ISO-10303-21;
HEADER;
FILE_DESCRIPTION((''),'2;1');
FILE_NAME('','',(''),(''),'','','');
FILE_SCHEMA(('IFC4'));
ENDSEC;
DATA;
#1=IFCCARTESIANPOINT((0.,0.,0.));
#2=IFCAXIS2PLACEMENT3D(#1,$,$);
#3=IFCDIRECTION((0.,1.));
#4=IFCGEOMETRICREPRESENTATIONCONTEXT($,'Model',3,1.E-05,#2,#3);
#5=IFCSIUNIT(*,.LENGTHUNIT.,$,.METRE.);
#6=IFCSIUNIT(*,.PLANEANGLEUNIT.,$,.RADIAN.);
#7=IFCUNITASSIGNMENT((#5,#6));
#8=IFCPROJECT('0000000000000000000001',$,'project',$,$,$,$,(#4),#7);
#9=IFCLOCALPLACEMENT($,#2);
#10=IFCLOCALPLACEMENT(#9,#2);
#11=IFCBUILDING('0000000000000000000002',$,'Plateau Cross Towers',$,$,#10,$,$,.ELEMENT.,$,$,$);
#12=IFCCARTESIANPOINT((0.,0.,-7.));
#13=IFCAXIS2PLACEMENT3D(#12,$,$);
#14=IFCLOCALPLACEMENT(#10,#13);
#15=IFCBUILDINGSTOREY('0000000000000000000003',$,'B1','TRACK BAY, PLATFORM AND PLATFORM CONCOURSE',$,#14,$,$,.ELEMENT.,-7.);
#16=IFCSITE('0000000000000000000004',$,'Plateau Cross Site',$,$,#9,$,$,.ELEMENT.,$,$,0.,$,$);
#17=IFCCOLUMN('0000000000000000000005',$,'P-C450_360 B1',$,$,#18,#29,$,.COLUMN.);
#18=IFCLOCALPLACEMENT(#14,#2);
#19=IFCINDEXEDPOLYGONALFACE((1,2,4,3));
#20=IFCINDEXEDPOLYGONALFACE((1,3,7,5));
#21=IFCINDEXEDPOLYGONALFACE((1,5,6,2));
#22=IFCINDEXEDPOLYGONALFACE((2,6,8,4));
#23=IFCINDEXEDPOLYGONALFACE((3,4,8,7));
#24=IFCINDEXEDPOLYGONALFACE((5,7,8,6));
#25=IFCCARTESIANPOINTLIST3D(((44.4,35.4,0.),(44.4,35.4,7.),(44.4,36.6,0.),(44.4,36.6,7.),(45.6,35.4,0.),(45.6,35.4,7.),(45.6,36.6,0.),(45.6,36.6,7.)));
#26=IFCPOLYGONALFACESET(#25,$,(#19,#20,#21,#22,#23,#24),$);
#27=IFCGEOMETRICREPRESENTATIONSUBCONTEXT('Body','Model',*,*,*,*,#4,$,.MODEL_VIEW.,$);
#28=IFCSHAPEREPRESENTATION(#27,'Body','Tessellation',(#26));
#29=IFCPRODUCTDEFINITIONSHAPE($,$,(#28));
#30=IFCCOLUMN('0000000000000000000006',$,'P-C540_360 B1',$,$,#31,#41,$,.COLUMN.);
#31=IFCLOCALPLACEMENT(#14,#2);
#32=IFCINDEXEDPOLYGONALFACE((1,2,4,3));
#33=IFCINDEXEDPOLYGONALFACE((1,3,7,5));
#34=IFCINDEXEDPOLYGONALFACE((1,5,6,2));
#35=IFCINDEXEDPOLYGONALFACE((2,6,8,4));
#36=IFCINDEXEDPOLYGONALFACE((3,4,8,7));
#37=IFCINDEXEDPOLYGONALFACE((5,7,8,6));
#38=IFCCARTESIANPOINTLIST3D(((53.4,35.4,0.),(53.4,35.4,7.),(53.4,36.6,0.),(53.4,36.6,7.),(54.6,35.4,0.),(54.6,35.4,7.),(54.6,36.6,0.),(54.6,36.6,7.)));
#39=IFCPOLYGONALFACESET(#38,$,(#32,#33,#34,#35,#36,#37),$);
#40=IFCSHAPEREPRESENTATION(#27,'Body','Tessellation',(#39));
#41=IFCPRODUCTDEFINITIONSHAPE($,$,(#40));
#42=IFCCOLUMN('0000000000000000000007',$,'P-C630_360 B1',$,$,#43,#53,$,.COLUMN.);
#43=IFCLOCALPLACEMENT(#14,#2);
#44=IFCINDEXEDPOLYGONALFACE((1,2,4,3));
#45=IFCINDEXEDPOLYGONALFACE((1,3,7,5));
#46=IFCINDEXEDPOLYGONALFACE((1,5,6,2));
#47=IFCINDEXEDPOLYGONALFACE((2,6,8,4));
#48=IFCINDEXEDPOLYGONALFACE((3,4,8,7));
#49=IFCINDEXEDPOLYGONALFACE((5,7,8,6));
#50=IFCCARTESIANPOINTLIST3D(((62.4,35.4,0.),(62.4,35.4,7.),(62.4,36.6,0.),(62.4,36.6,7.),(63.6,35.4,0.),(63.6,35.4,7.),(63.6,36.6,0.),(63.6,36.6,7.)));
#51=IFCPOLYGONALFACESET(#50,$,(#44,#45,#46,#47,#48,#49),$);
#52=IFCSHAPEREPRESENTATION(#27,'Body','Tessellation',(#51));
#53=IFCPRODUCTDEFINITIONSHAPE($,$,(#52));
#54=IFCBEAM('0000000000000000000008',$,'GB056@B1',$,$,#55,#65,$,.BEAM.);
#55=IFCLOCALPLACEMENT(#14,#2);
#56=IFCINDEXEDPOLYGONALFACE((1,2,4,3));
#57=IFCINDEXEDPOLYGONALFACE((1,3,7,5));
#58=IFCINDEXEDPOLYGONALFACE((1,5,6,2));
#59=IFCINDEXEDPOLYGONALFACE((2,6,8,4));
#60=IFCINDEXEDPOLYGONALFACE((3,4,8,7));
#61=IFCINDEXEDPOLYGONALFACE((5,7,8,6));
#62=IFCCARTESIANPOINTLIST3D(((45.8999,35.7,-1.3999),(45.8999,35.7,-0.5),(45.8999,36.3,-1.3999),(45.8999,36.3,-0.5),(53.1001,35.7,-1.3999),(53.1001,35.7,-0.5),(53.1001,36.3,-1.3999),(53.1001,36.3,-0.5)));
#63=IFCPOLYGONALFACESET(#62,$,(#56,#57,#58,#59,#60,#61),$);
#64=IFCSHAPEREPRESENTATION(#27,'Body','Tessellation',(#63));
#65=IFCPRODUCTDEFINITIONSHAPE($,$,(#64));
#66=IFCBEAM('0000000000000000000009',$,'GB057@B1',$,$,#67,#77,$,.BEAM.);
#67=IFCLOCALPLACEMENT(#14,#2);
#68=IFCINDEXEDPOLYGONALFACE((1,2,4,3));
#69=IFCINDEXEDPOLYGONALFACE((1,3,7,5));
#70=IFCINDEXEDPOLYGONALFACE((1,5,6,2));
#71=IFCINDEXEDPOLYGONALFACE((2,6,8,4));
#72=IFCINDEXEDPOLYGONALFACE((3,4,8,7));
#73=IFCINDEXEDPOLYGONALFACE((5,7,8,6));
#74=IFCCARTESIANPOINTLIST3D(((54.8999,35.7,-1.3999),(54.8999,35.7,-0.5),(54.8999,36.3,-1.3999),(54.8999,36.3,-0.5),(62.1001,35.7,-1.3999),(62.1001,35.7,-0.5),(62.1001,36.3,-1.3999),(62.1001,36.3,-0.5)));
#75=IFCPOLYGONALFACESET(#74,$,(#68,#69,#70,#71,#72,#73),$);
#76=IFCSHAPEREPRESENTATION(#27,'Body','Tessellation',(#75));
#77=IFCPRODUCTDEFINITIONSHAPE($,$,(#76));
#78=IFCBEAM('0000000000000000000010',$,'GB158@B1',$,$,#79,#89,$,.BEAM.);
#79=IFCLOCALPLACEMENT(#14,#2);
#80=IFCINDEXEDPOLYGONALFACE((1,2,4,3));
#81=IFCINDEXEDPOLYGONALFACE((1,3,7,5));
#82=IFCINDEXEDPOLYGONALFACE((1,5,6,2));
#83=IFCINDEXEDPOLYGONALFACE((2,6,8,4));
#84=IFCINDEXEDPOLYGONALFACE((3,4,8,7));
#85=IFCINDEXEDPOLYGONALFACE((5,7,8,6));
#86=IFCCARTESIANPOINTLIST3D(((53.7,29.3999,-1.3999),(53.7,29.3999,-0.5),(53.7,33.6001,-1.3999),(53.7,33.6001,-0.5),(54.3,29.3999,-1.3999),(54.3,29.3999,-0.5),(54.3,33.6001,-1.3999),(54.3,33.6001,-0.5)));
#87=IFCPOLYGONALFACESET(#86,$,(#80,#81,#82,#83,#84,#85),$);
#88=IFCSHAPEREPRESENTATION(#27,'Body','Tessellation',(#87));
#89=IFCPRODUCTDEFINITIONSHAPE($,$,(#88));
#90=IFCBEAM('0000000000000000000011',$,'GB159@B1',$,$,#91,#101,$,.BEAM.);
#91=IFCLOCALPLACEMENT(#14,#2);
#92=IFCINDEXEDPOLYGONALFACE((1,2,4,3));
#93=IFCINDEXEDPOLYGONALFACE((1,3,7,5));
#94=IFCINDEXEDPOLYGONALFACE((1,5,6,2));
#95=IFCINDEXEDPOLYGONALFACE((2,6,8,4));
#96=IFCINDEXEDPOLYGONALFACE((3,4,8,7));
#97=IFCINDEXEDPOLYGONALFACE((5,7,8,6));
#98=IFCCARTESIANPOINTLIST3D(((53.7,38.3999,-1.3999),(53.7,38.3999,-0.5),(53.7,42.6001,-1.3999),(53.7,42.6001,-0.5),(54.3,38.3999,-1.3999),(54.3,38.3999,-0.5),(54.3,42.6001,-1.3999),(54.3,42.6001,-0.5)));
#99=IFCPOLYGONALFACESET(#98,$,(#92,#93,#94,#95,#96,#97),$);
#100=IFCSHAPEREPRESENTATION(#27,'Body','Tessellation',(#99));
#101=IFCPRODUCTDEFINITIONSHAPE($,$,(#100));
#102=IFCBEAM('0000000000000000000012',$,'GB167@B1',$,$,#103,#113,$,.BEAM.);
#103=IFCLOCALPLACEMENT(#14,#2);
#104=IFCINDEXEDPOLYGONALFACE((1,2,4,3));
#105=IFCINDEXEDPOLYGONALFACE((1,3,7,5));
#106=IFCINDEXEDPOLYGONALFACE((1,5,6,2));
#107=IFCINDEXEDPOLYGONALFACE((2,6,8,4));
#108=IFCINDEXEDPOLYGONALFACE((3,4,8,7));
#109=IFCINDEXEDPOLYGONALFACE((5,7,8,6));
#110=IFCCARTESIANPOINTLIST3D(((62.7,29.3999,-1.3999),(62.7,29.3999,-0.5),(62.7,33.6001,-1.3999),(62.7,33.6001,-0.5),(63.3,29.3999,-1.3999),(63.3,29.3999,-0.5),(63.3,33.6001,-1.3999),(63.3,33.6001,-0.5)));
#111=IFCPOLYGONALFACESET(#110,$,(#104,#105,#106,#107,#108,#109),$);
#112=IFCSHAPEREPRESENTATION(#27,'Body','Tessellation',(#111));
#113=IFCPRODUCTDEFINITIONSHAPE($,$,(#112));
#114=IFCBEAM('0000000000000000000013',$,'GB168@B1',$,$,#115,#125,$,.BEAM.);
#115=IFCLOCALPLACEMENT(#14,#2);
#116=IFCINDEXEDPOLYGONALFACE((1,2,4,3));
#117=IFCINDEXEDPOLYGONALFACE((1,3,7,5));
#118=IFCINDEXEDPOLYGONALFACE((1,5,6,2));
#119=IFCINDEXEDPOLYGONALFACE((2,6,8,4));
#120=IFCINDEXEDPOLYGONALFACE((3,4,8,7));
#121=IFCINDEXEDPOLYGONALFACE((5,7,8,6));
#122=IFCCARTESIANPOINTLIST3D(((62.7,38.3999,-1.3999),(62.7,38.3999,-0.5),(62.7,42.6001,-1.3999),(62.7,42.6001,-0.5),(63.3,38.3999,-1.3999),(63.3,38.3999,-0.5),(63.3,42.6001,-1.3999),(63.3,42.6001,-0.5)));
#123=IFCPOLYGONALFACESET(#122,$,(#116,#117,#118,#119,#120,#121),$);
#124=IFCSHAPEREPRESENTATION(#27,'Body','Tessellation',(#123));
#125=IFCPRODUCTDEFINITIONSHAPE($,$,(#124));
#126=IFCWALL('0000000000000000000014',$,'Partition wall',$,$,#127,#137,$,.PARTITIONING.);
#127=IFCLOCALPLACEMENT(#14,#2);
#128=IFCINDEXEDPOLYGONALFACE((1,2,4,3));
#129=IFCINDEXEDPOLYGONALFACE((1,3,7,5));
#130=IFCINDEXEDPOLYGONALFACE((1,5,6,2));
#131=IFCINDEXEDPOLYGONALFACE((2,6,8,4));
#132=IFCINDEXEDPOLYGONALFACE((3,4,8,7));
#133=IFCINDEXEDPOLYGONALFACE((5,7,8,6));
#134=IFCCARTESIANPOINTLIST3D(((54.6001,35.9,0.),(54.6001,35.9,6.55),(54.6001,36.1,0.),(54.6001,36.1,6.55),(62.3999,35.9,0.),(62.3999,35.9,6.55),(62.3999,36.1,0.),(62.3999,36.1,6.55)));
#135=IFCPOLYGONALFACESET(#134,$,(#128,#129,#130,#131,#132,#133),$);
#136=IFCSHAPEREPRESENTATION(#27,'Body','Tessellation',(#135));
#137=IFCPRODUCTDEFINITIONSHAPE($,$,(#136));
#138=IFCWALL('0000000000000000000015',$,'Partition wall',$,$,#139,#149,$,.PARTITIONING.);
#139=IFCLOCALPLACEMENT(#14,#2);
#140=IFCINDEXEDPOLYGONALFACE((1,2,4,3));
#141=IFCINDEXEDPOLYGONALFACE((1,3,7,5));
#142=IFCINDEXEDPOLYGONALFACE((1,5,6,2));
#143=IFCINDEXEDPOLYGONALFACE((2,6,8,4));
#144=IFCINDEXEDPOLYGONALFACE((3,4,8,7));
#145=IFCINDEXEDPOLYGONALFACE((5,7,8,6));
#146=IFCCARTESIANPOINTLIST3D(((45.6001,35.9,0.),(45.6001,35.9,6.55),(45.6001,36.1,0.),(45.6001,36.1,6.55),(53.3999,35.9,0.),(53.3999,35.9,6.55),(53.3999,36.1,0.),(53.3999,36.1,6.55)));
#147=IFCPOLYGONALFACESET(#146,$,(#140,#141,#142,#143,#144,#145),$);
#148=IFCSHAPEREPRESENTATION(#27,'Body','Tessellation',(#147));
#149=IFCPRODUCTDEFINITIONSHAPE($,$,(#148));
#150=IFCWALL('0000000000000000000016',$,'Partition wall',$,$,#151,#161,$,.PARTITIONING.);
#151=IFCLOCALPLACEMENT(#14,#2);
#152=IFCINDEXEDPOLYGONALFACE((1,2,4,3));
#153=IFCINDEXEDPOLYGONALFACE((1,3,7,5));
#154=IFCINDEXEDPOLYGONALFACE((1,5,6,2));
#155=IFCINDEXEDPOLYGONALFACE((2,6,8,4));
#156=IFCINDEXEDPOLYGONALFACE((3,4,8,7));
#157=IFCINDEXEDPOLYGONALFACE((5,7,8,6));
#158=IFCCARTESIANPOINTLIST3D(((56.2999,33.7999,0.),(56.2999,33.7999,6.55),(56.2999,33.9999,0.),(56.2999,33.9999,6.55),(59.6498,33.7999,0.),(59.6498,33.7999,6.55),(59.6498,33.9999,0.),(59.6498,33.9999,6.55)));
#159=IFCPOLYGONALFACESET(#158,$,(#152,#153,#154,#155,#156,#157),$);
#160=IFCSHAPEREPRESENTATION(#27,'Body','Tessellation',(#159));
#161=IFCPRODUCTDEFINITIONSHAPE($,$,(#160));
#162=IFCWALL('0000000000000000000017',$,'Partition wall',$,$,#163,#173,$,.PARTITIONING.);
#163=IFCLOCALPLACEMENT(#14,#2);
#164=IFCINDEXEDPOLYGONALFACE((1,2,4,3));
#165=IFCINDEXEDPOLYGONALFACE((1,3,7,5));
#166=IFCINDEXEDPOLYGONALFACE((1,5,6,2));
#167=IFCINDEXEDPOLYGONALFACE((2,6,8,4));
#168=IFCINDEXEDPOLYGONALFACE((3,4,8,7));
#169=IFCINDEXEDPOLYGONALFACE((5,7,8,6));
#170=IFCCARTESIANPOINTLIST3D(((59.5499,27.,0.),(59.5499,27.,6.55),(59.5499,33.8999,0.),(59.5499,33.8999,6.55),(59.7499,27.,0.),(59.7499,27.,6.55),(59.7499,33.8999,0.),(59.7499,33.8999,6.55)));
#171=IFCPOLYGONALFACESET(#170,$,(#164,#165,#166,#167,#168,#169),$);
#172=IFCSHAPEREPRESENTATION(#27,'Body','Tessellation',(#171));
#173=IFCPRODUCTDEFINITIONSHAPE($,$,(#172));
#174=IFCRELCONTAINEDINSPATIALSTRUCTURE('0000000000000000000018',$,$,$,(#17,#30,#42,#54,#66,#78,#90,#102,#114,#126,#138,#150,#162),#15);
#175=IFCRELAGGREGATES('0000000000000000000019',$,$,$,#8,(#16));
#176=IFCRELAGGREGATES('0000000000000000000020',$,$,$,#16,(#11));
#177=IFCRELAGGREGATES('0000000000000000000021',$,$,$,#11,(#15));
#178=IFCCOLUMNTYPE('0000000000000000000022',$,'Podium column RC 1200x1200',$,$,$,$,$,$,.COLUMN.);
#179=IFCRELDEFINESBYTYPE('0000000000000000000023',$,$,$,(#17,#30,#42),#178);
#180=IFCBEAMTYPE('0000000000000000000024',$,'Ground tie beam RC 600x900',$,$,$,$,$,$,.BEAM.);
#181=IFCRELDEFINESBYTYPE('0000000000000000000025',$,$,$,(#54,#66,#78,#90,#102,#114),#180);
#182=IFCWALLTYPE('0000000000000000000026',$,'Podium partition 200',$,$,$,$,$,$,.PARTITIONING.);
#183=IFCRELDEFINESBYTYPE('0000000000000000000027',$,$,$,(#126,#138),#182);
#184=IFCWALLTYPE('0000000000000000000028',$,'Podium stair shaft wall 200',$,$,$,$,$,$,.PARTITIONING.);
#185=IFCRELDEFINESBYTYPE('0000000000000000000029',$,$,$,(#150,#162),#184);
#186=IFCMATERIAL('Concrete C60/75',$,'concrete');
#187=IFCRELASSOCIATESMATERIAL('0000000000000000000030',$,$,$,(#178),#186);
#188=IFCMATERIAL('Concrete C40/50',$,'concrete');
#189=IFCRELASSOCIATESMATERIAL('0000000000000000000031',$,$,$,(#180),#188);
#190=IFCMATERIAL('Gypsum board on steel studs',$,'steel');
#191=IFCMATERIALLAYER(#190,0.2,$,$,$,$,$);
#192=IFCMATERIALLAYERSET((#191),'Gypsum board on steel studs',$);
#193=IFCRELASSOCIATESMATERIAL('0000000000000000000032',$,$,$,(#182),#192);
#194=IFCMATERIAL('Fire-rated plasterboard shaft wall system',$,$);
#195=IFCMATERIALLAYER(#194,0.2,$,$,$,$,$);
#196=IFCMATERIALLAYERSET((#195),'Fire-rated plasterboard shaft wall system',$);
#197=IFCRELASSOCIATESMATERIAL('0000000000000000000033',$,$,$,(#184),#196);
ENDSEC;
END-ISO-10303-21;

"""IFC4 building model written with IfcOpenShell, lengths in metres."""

from ifc_helpers import new_model, si_unit, direction, frame, frame_2d, origin, origin_2d, place, context, subcontext, project, spatial, rectangle, extrude, material, layer, layer_set, material_profile, profile_set, type_object, element, save


model = new_model("IFC4")

# Units and contexts
model_context = context("Model", 3, precision=1e-05, world=origin(), true_north=direction((0.0, 1.0)))
body_context = subcontext(model_context, "Body", "Model", "MODEL_VIEW")
ifc_project = project(units=[si_unit("LENGTHUNIT", "METRE"), si_unit("PLANEANGLEUNIT", "RADIAN")], contexts=[model_context])

# Site, building, storey
site_placement = place(None, origin())
site = spatial("IfcSite", under=ifc_project, at=site_placement, Name="Plateau Cross Site", CompositionType="ELEMENT", RefElevation=0.0)
building_placement = place(site_placement, origin())
building = spatial("IfcBuilding", under=site, at=building_placement, Name="Plateau Cross Towers", CompositionType="ELEMENT")
storey_placement = place(building_placement, frame((0.0, 0.0, -7.0)))
storey = spatial("IfcBuildingStorey", under=building, at=storey_placement, Name="B1", Description="TRACK BAY, PLATFORM AND PLATFORM CONCOURSE", CompositionType="ELEMENT", Elevation=-7.0)

# Shared definitions
ifc_material_1 = material(Name="Concrete C40/50", Category="concrete")

# Columns
ifc_material_2 = material(Name="Concrete C60/75", Category="concrete")
ifc_material_profile_1 = material_profile(ifc_material_2, rectangle(XDim=1.2, YDim=1.2, at=origin_2d()), Name="RC 1200x1200")
ifc_profile_set_1 = profile_set([ifc_material_profile_1], Name="Concrete C60/75")
column_type = type_object("IfcColumnType", Name="Podium column RC 1200x1200", PredefinedType="COLUMN", material=ifc_profile_set_1)
for number, where, z_axis, x_axis, name in (
    (1, (45.0, 36.0, 0.0), (0.0, 0.0, 1.0), (1.0, 0.0, 0.0), "P-C450_360 B1"),
    (2, (54.0, 36.0, 0.0), (0.0, 0.0, 1.0), (1.0, 0.0, 0.0), "P-C540_360 B1"),
    (3, (63.0, 36.0, 0.0), (0.0, 0.0, 1.0), (1.0, 0.0, 0.0), "P-C630_360 B1"),
):
    element("IfcColumn", number, at=place(storey_placement, frame(where, z_axis=z_axis, x_axis=x_axis)), inside=storey, type_object=column_type, Name=name, PredefinedType="COLUMN", context=body_context, shape_type="SweptSolid", body=[
        extrude(rectangle(XDim=1.2, YDim=1.2, at=origin_2d()), origin(), (0.0, 0.0, 1.0), 7.0),
    ])

# Beams
ifc_material_profile_2 = material_profile(ifc_material_1, rectangle(XDim=0.6001, YDim=0.8999, at=origin_2d()), Name="RC 600x900")
ifc_profile_set_2 = profile_set([ifc_material_profile_2], Name="Concrete C40/50")
beam_type = type_object("IfcBeamType", Name="Ground tie beam RC 600x900", PredefinedType="BEAM", material=ifc_profile_set_2)
for number, where, z_axis, x_axis, name in (
    (4, (45.8999, 36.0, -0.95), (1.0, 0.0, 0.0), (0.0, 1.0, 0.0), "GB056@B1"),
    (5, (54.8999, 36.0, -0.95), (1.0, 0.0, 0.0), (0.0, 1.0, 0.0), "GB057@B1"),
):
    element("IfcBeam", number, at=place(storey_placement, frame(where, z_axis=z_axis, x_axis=x_axis)), inside=storey, type_object=beam_type, Name=name, PredefinedType="BEAM", context=body_context, shape_type="SweptSolid", body=[
        extrude(rectangle(XDim=0.6001, YDim=0.8999, at=origin_2d()), origin(), (0.0, 0.0, 1.0), 7.2002),
    ])
for number, where, z_axis, x_axis, name in (
    (6, (54.0, 29.3999, -0.95), (0.0, 1.0, 0.0), (-1.0, 0.0, 0.0), "GB158@B1"),
    (7, (54.0, 38.3999, -0.95), (0.0, 1.0, 0.0), (-1.0, 0.0, 0.0), "GB159@B1"),
    (8, (63.0, 29.3999, -0.95), (0.0, 1.0, 0.0), (-1.0, 0.0, 0.0), "GB167@B1"),
    (9, (63.0, 38.3999, -0.95), (0.0, 1.0, 0.0), (-1.0, 0.0, 0.0), "GB168@B1"),
):
    element("IfcBeam", number, at=place(storey_placement, frame(where, z_axis=z_axis, x_axis=x_axis)), inside=storey, type_object=beam_type, Name=name, PredefinedType="BEAM", context=body_context, shape_type="SweptSolid", body=[
        extrude(rectangle(XDim=0.6001, YDim=0.8999, at=origin_2d()), origin(), (0.0, 0.0, 1.0), 4.2002),
    ])

# Walls
ifc_material_3 = material(Name="Gypsum board on steel studs", Category="steel")
ifc_layer_1 = layer(ifc_material_3, 0.2)
ifc_layer_set_1 = layer_set([ifc_layer_1], Name="Gypsum board on steel studs")
wall_type_1 = type_object("IfcWallType", Name="Podium partition 200", PredefinedType="PARTITIONING", material=ifc_layer_set_1)
for number, where, z_axis, x_axis, name in (
    (10, (62.3999, 36.0, 0.0), (0.0, 0.0, 1.0), (-1.0, 0.0, 0.0), "Partition wall"),
    (11, (53.3999, 36.0, 0.0), (0.0, 0.0, 1.0), (-1.0, 0.0, 0.0), "Partition wall"),
):
    element("IfcWall", number, at=place(storey_placement, frame(where, z_axis=z_axis, x_axis=x_axis)), inside=storey, type_object=wall_type_1, Name=name, PredefinedType="PARTITIONING", context=body_context, shape_type="SweptSolid", body=[
        extrude(rectangle(XDim=7.7998, YDim=0.2, at=frame_2d((3.8999, 0.0))), origin(), (0.0, 0.0, 1.0), 6.55),
    ])
ifc_material_4 = material(Name="Fire-rated plasterboard shaft wall system")
ifc_layer_2 = layer(ifc_material_4, 0.2)
ifc_layer_set_2 = layer_set([ifc_layer_2], Name="Fire-rated plasterboard shaft wall system")
wall_type_2 = type_object("IfcWallType", Name="Podium stair shaft wall 200", PredefinedType="PARTITIONING", material=ifc_layer_set_2)
wall_1_placement = place(storey_placement, frame((56.3, 33.8999, 0.0), z_axis=(0.0, 0.0, 1.0), x_axis=(1.0, 0.0, 0.0)))
element("IfcWall", 12, at=wall_1_placement, inside=storey, type_object=wall_type_2, Name="Partition wall", PredefinedType="PARTITIONING", context=body_context, shape_type="SweptSolid", body=[
    extrude(rectangle(XDim=3.3499, YDim=0.2, at=frame_2d((1.6748, 0.0))), origin(), (0.0, 0.0, 1.0), 6.55),
])
wall_2_placement = place(storey_placement, frame((59.6499, 33.8999, 0.0), z_axis=(0.0, 0.0, 1.0), x_axis=(0.0, -1.0, 0.0)))
element("IfcWall", 13, at=wall_2_placement, inside=storey, type_object=wall_type_2, Name="Partition wall", PredefinedType="PARTITIONING", context=body_context, shape_type="SweptSolid", body=[
    extrude(rectangle(XDim=6.8999, YDim=0.2, at=frame_2d((3.45, 0.0))), origin(), (0.0, 0.0, 1.0), 6.55),
])

save(model, "model.ifc")
